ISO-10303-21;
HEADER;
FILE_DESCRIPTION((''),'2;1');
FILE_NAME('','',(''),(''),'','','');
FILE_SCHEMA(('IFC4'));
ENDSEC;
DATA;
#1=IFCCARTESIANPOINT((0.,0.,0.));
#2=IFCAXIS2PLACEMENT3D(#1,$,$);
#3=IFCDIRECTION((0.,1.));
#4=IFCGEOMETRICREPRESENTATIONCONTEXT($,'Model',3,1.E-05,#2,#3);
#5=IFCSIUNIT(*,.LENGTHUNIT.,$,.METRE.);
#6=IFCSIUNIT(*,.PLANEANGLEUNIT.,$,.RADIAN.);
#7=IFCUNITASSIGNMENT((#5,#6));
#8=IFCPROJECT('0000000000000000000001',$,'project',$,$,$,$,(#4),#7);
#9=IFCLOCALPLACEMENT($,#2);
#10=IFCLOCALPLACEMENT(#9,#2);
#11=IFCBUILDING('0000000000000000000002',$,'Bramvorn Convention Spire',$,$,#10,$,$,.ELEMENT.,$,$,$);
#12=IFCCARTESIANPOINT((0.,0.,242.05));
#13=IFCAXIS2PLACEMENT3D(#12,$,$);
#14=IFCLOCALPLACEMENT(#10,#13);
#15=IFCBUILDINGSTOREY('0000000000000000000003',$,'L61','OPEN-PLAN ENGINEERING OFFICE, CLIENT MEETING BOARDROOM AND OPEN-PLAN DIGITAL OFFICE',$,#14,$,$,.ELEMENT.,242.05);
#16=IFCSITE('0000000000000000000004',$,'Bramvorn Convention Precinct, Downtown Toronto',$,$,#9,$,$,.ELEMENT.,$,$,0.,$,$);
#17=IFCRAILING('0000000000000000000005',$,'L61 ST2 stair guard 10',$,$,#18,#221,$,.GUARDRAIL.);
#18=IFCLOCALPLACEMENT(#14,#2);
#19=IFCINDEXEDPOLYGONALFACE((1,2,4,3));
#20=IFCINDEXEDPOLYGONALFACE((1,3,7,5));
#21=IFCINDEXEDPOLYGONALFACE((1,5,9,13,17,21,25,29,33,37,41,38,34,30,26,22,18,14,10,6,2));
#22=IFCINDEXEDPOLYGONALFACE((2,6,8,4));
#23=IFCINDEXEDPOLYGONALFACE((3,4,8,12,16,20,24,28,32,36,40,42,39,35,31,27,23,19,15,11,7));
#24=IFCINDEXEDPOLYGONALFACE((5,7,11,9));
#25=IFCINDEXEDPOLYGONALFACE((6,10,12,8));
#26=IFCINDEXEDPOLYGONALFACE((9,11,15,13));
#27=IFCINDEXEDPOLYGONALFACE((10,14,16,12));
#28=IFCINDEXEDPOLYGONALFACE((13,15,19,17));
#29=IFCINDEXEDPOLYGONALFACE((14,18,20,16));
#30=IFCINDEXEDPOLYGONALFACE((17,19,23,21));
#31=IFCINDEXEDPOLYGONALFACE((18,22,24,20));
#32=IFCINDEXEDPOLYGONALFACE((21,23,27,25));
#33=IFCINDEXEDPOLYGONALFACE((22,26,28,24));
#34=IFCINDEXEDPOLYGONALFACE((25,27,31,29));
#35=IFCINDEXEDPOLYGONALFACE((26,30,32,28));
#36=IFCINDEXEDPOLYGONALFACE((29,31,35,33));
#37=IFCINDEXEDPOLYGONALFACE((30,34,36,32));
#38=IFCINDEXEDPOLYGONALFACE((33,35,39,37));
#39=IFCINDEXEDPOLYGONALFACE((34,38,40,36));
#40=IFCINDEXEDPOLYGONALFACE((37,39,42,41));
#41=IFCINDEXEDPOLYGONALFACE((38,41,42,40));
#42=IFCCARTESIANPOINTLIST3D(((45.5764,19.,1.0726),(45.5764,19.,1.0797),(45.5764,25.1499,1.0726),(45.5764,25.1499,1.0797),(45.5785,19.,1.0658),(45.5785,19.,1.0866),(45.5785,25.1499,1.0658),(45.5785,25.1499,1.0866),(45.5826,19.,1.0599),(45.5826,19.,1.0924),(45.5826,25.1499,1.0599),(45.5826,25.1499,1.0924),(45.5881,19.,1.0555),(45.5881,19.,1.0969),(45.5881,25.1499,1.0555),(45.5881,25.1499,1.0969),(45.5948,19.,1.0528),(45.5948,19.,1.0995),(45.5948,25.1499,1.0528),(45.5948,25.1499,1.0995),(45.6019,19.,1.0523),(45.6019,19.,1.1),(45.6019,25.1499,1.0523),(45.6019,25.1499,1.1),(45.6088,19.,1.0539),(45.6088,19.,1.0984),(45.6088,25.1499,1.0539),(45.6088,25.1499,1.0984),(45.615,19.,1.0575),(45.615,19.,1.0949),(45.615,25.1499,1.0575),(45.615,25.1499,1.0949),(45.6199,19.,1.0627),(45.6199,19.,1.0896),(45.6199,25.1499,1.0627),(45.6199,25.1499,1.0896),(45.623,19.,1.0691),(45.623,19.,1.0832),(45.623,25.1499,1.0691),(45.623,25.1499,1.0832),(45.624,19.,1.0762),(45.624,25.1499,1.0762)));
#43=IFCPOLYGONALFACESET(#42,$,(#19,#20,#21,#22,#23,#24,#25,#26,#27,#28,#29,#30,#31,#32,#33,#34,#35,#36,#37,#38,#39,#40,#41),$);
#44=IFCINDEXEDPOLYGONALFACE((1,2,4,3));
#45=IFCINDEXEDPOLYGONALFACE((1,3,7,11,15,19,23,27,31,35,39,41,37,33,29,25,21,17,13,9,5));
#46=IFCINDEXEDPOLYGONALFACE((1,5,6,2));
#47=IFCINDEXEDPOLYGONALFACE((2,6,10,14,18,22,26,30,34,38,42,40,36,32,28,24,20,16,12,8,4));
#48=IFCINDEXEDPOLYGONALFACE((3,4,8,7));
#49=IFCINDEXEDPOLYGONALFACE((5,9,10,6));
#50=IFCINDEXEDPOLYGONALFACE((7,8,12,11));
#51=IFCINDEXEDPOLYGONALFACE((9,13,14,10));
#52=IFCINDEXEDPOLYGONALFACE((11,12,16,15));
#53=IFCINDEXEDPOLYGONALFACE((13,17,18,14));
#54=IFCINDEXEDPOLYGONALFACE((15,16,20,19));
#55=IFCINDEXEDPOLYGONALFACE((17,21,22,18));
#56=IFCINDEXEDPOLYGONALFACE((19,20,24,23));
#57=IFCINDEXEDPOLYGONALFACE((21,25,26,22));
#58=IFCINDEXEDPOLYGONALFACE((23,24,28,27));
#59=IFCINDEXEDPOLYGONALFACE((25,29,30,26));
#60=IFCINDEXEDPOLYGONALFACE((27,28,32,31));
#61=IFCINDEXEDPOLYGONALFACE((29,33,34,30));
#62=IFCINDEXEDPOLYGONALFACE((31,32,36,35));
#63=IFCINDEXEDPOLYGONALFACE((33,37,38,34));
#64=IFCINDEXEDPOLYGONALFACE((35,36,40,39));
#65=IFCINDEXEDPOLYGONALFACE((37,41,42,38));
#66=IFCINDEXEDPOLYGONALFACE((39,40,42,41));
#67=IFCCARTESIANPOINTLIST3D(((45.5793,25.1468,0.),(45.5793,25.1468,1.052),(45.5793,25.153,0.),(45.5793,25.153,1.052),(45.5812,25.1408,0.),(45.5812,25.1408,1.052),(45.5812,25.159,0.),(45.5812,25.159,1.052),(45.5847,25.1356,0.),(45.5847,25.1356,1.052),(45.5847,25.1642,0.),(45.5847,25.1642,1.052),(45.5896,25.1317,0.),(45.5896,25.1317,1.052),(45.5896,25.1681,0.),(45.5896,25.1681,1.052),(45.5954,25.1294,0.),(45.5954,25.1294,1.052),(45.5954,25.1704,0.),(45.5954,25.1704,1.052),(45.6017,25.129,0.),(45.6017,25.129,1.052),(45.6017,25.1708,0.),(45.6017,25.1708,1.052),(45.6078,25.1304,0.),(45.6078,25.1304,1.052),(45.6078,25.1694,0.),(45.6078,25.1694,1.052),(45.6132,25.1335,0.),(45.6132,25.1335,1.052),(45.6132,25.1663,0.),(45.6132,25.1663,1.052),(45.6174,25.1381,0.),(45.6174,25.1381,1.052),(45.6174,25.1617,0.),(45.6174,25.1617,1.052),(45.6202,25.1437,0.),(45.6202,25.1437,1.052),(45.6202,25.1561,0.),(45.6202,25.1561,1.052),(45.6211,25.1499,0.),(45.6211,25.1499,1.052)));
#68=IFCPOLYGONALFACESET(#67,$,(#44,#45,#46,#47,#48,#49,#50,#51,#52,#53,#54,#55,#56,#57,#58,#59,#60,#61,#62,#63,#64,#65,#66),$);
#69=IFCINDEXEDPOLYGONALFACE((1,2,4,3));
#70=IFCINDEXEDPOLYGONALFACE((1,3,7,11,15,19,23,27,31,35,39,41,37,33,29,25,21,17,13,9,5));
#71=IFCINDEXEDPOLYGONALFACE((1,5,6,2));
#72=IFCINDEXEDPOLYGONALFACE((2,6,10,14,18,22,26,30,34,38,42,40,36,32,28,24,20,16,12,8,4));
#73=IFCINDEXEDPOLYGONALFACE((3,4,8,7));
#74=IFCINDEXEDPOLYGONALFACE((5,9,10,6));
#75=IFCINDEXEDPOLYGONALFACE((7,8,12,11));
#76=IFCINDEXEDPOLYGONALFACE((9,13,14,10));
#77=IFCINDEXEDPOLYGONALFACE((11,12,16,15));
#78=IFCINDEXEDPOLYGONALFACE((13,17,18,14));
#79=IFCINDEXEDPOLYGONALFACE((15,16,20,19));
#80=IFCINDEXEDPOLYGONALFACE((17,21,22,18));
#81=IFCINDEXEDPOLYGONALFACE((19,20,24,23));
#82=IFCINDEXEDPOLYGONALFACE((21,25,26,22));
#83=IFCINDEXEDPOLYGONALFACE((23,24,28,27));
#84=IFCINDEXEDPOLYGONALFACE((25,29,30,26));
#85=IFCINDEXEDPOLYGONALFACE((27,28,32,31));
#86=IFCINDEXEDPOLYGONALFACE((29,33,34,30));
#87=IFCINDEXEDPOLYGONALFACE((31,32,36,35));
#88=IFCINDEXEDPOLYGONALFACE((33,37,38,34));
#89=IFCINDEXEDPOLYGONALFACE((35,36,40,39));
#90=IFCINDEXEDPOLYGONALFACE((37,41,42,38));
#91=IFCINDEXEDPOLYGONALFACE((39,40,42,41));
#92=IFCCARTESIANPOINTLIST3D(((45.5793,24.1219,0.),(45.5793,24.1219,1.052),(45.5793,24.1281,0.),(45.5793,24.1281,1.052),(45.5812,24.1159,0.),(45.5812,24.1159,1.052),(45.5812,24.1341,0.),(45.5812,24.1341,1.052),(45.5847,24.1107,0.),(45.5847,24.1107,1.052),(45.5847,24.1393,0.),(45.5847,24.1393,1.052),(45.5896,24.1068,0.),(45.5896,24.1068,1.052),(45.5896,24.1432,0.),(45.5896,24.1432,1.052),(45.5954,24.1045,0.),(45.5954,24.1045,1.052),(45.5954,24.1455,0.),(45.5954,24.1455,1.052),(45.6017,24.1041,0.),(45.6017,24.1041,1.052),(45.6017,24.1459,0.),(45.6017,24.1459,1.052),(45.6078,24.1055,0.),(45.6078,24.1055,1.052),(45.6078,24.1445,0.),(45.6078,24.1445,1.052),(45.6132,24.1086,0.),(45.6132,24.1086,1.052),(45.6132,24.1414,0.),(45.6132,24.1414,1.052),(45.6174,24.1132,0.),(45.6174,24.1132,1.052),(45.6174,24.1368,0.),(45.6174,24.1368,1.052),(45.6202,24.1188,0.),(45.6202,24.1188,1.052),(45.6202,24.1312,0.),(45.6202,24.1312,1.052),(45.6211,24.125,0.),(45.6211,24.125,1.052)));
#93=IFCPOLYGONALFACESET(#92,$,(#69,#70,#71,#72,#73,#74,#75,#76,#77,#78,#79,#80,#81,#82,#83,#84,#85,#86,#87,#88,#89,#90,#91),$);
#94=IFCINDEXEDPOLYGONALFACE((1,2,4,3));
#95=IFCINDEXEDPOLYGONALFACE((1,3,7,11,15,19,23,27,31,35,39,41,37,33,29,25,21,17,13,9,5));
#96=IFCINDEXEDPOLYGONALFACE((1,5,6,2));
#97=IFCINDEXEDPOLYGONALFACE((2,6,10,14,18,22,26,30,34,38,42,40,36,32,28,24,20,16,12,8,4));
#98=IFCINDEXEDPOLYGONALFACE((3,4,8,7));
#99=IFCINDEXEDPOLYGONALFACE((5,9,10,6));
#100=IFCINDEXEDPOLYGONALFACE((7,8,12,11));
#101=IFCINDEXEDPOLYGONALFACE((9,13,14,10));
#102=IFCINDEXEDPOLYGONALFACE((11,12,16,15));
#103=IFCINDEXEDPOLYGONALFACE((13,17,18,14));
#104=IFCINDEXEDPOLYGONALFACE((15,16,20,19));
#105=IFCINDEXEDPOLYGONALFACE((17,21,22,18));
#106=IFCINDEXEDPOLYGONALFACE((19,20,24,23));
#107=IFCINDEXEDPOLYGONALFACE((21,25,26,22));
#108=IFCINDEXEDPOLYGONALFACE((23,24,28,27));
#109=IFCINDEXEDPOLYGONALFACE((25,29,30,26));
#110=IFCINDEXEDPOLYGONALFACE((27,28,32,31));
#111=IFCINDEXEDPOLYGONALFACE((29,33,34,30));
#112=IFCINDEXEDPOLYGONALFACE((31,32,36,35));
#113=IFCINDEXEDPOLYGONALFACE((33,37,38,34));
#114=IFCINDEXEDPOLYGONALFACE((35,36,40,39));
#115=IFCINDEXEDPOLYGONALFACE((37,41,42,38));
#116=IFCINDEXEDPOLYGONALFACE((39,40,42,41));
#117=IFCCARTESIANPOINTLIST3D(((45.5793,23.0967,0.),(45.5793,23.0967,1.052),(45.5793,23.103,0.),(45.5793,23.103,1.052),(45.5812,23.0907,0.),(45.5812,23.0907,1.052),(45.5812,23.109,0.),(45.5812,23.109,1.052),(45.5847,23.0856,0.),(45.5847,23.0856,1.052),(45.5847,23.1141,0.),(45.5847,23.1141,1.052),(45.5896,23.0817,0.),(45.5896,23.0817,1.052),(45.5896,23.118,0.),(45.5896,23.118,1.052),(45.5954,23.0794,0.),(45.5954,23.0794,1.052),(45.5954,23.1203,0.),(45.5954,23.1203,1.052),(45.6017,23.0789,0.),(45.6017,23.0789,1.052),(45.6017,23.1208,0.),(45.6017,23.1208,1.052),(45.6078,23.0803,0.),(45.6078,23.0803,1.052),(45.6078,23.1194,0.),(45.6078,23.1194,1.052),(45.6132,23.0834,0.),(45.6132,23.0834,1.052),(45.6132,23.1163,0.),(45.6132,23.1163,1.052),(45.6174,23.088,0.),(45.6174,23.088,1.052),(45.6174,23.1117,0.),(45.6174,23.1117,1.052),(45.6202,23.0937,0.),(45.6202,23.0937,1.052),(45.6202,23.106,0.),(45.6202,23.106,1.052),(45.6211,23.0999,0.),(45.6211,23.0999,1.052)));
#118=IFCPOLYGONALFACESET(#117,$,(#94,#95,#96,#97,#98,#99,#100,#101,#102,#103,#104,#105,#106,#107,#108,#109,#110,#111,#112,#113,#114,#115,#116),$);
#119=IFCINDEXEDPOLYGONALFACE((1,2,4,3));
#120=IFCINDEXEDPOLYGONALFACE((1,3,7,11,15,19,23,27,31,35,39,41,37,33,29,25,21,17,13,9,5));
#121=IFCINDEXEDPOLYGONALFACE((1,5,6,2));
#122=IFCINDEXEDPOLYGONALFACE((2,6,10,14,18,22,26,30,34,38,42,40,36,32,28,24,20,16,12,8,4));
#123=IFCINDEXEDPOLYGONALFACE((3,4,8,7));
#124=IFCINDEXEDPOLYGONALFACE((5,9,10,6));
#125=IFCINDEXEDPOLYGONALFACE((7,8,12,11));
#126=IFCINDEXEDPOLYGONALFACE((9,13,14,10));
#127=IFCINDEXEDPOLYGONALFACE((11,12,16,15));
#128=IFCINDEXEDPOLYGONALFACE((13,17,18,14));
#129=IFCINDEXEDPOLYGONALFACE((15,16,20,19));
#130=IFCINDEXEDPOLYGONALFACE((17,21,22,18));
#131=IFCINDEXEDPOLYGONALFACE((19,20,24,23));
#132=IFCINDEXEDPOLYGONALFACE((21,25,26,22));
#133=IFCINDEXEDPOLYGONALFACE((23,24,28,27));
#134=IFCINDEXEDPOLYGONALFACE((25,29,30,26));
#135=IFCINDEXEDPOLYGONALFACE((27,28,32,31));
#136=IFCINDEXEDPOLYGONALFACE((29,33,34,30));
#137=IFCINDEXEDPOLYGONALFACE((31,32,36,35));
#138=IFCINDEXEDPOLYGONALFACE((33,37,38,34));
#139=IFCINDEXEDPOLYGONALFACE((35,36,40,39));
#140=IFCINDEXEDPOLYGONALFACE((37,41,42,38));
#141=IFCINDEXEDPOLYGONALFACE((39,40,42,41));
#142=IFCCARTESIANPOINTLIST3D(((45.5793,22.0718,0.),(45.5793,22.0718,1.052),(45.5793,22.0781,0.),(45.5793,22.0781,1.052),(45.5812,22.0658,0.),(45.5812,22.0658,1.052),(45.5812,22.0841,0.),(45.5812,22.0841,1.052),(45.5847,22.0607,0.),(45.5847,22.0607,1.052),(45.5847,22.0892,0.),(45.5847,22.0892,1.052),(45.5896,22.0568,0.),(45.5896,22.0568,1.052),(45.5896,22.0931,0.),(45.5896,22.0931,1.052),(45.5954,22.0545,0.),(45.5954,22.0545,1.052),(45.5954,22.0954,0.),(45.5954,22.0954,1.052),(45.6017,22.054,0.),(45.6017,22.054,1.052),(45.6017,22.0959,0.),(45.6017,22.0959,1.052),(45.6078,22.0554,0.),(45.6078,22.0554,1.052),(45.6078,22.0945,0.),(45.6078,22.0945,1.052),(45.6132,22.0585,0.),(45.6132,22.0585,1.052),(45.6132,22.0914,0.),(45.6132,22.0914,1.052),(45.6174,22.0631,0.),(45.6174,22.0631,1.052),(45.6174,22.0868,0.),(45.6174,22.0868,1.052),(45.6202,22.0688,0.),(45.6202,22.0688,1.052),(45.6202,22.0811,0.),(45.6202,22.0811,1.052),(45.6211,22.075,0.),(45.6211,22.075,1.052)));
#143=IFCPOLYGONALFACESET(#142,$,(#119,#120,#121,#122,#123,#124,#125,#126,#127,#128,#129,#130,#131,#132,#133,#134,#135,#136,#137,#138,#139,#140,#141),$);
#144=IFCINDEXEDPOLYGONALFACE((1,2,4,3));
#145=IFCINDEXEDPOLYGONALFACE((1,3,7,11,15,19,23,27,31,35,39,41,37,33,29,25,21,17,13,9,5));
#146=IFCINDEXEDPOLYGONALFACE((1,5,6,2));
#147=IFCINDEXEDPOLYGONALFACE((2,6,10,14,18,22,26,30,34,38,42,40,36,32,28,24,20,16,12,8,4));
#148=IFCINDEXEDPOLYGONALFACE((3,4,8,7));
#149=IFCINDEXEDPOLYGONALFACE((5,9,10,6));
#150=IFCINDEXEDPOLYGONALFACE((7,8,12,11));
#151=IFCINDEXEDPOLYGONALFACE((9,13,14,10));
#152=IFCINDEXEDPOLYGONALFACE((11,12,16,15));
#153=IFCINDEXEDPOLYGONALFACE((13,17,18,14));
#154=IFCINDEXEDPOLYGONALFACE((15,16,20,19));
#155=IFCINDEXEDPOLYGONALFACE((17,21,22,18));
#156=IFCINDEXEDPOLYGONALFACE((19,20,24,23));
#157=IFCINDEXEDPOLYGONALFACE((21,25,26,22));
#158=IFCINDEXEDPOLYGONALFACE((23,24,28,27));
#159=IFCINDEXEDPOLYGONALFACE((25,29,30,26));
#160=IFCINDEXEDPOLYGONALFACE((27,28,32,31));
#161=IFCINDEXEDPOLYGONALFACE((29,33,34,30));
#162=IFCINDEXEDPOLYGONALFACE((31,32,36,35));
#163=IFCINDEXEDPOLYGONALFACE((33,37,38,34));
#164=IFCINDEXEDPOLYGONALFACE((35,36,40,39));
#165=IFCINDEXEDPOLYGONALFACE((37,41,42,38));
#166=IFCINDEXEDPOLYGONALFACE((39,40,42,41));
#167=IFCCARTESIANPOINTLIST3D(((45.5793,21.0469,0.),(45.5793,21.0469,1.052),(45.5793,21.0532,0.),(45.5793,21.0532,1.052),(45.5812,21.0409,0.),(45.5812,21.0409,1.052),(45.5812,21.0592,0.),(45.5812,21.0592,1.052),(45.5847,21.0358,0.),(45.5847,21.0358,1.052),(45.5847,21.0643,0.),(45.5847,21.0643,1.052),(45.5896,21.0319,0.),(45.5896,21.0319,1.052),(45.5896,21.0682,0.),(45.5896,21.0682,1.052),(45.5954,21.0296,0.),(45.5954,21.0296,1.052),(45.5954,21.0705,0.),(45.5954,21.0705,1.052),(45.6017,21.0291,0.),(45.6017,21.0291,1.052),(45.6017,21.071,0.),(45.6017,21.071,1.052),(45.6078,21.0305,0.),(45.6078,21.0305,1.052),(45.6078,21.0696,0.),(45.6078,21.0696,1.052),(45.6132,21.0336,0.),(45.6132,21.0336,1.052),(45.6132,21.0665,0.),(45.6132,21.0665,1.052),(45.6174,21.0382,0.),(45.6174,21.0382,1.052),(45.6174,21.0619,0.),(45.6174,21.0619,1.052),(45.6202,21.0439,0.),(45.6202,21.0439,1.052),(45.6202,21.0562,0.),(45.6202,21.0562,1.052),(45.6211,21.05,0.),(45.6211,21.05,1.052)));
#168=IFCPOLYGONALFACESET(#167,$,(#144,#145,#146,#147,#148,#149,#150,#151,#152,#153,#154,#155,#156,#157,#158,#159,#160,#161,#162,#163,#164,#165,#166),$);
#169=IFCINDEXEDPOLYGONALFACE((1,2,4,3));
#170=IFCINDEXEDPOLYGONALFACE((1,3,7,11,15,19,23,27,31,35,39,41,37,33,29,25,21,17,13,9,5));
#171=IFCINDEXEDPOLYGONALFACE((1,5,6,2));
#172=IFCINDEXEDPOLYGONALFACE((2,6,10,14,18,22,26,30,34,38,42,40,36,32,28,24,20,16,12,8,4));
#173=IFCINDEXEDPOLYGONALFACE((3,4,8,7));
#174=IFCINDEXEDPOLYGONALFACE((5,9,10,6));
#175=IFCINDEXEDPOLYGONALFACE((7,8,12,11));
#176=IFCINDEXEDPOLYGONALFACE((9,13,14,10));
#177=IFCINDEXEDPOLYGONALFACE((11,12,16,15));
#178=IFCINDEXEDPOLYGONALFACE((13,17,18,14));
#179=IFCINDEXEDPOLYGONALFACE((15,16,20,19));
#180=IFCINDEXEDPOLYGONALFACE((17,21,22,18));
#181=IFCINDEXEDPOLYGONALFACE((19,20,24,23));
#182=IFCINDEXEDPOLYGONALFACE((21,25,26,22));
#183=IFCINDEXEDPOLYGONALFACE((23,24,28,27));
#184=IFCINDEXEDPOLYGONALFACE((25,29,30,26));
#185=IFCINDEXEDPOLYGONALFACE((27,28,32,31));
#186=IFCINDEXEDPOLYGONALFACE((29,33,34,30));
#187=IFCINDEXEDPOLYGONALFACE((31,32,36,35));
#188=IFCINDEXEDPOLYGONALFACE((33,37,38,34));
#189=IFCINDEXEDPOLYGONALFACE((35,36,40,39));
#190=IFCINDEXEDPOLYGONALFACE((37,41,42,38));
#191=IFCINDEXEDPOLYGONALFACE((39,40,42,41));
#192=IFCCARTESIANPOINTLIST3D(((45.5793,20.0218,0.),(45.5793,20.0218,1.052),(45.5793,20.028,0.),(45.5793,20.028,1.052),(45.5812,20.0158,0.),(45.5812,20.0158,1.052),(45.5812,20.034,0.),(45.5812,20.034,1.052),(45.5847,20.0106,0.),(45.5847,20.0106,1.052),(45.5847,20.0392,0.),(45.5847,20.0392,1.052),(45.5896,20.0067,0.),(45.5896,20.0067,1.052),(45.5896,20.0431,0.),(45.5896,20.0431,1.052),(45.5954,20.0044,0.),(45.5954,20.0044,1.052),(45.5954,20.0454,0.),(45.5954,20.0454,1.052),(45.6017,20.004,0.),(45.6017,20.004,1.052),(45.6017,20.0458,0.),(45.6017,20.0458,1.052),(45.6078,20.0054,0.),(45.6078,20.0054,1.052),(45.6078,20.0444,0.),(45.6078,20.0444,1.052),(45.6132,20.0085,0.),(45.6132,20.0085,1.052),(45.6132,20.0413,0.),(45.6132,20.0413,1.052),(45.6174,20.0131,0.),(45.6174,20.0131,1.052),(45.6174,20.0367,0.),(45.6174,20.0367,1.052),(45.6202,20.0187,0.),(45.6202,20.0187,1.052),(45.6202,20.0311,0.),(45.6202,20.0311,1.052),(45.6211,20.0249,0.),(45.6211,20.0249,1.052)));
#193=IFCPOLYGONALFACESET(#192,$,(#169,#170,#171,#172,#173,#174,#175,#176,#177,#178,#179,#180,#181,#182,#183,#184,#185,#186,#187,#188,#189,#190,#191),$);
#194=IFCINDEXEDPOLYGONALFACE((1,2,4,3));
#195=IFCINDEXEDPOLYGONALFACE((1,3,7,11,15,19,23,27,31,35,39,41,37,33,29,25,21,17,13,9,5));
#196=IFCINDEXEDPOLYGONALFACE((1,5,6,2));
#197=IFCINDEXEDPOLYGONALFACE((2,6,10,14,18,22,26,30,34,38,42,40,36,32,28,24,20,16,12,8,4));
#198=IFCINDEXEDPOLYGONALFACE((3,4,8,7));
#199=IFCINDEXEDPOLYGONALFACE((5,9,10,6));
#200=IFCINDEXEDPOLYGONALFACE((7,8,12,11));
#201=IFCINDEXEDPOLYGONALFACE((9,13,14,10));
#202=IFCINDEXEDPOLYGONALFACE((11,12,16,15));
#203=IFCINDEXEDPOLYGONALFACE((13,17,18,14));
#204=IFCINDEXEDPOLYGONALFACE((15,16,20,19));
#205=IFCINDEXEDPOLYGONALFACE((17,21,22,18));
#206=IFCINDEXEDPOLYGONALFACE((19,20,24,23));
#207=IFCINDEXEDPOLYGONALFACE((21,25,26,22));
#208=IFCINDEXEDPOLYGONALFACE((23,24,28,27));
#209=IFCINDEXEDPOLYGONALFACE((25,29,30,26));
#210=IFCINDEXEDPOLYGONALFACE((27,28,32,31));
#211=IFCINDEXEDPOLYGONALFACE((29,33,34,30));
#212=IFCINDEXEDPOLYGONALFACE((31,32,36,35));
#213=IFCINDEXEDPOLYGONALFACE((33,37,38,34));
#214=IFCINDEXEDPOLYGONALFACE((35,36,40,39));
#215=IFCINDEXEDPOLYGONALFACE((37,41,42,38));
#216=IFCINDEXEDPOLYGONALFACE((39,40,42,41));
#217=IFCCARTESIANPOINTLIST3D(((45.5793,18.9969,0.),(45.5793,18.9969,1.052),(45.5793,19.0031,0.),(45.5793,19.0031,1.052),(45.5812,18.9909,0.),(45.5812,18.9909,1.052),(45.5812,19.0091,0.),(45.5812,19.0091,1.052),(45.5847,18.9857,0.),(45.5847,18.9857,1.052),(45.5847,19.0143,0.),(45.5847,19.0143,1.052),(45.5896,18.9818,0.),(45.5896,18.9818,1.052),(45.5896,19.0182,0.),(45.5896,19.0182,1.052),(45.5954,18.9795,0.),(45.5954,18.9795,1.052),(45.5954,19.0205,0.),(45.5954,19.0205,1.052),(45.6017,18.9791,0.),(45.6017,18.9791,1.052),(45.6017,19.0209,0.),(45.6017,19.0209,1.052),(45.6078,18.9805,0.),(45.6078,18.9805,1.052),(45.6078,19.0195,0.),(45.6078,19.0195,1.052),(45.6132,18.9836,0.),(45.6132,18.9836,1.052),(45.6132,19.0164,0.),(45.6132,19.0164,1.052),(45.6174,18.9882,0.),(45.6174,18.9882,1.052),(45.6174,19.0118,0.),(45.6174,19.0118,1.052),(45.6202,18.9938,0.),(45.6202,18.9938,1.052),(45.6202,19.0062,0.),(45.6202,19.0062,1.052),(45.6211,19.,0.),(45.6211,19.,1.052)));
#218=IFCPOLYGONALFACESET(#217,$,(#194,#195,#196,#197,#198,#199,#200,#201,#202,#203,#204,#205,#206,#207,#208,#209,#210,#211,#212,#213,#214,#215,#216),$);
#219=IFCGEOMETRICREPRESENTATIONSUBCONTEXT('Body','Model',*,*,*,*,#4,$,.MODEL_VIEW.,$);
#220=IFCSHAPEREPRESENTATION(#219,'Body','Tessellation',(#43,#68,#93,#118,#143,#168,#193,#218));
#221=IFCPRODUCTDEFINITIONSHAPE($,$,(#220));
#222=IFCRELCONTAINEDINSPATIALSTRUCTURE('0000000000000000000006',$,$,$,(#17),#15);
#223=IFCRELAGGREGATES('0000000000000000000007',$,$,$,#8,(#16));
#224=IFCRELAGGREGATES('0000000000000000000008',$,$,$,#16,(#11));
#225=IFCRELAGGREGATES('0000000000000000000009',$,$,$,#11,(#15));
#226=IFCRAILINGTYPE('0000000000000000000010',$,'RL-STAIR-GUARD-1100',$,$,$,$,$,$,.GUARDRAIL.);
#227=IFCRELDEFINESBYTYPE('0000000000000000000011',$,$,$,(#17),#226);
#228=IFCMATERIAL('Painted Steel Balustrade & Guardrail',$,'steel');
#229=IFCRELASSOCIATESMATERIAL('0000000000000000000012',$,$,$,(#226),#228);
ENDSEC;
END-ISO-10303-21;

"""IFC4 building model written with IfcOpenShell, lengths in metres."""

from ifc_helpers import new_model, si_unit, direction, frame, origin, origin_2d, place, context, subcontext, project, spatial, circle, extrude, material, type_object, element, save


model = new_model("IFC4")

# Units and contexts
model_context = context("Model", 3, precision=1e-05, world=origin(), true_north=direction((0.0, 1.0)))
body_context = subcontext(model_context, "Body", "Model", "MODEL_VIEW")
ifc_project = project(units=[si_unit("LENGTHUNIT", "METRE"), si_unit("PLANEANGLEUNIT", "RADIAN")], contexts=[model_context])

# Site, building, storey
site_placement = place(None, origin())
site = spatial("IfcSite", under=ifc_project, at=site_placement, Name="Bramvorn Convention Precinct, Downtown Toronto", CompositionType="ELEMENT", RefElevation=0.0)
building_placement = place(site_placement, origin())
building = spatial("IfcBuilding", under=site, at=building_placement, Name="Bramvorn Convention Spire", CompositionType="ELEMENT")
storey_placement = place(building_placement, frame((0.0, 0.0, 242.05)))
storey = spatial("IfcBuildingStorey", under=building, at=storey_placement, Name="L61", Description="OPEN-PLAN ENGINEERING OFFICE, CLIENT MEETING BOARDROOM AND OPEN-PLAN DIGITAL OFFICE", CompositionType="ELEMENT", Elevation=242.05)

# Railing
ifc_material_1 = material(Name="Painted Steel Balustrade & Guardrail", Category="steel")
railing_type_1 = type_object("IfcRailingType", Name="RL-STAIR-GUARD-1100", PredefinedType="GUARDRAIL", material=ifc_material_1)
railing_1_placement = place(storey_placement, frame((45.6001, 25.1499, 0.0)))
element("IfcRailing", 1, at=railing_1_placement, inside=storey, type_object=railing_type_1, Name="L61 ST2 stair guard 10", PredefinedType="GUARDRAIL", context=body_context, shape_type="SweptSolid", body=[
    extrude(circle(Radius=0.0239, at=origin_2d()), frame((0.0, 0.0, 1.0762), z_axis=(0.0, -1.0, 0.0), x_axis=(1.0, 0.0, 0.0)), (0.0, 0.0, 1.0), 6.1499),
    extrude(circle(Radius=0.021, at=origin_2d()), origin(), (0.0, 0.0, 1.0), 1.052),
    extrude(circle(Radius=0.021, at=origin_2d()), frame((0.0, -1.0249, 0.0)), (0.0, 0.0, 1.0), 1.052),
    extrude(circle(Radius=0.021, at=origin_2d()), frame((0.0, -2.05, 0.0)), (0.0, 0.0, 1.0), 1.052),
    extrude(circle(Radius=0.021, at=origin_2d()), frame((0.0, -3.075, 0.0)), (0.0, 0.0, 1.0), 1.052),
    extrude(circle(Radius=0.021, at=origin_2d()), frame((0.0, -4.0999, 0.0)), (0.0, 0.0, 1.0), 1.052),
    extrude(circle(Radius=0.021, at=origin_2d()), frame((0.0, -5.125, 0.0)), (0.0, 0.0, 1.0), 1.052),
    extrude(circle(Radius=0.021, at=origin_2d()), frame((0.0, -6.1499, 0.0)), (0.0, 0.0, 1.0), 1.052),
])

save(model, "model.ifc")
